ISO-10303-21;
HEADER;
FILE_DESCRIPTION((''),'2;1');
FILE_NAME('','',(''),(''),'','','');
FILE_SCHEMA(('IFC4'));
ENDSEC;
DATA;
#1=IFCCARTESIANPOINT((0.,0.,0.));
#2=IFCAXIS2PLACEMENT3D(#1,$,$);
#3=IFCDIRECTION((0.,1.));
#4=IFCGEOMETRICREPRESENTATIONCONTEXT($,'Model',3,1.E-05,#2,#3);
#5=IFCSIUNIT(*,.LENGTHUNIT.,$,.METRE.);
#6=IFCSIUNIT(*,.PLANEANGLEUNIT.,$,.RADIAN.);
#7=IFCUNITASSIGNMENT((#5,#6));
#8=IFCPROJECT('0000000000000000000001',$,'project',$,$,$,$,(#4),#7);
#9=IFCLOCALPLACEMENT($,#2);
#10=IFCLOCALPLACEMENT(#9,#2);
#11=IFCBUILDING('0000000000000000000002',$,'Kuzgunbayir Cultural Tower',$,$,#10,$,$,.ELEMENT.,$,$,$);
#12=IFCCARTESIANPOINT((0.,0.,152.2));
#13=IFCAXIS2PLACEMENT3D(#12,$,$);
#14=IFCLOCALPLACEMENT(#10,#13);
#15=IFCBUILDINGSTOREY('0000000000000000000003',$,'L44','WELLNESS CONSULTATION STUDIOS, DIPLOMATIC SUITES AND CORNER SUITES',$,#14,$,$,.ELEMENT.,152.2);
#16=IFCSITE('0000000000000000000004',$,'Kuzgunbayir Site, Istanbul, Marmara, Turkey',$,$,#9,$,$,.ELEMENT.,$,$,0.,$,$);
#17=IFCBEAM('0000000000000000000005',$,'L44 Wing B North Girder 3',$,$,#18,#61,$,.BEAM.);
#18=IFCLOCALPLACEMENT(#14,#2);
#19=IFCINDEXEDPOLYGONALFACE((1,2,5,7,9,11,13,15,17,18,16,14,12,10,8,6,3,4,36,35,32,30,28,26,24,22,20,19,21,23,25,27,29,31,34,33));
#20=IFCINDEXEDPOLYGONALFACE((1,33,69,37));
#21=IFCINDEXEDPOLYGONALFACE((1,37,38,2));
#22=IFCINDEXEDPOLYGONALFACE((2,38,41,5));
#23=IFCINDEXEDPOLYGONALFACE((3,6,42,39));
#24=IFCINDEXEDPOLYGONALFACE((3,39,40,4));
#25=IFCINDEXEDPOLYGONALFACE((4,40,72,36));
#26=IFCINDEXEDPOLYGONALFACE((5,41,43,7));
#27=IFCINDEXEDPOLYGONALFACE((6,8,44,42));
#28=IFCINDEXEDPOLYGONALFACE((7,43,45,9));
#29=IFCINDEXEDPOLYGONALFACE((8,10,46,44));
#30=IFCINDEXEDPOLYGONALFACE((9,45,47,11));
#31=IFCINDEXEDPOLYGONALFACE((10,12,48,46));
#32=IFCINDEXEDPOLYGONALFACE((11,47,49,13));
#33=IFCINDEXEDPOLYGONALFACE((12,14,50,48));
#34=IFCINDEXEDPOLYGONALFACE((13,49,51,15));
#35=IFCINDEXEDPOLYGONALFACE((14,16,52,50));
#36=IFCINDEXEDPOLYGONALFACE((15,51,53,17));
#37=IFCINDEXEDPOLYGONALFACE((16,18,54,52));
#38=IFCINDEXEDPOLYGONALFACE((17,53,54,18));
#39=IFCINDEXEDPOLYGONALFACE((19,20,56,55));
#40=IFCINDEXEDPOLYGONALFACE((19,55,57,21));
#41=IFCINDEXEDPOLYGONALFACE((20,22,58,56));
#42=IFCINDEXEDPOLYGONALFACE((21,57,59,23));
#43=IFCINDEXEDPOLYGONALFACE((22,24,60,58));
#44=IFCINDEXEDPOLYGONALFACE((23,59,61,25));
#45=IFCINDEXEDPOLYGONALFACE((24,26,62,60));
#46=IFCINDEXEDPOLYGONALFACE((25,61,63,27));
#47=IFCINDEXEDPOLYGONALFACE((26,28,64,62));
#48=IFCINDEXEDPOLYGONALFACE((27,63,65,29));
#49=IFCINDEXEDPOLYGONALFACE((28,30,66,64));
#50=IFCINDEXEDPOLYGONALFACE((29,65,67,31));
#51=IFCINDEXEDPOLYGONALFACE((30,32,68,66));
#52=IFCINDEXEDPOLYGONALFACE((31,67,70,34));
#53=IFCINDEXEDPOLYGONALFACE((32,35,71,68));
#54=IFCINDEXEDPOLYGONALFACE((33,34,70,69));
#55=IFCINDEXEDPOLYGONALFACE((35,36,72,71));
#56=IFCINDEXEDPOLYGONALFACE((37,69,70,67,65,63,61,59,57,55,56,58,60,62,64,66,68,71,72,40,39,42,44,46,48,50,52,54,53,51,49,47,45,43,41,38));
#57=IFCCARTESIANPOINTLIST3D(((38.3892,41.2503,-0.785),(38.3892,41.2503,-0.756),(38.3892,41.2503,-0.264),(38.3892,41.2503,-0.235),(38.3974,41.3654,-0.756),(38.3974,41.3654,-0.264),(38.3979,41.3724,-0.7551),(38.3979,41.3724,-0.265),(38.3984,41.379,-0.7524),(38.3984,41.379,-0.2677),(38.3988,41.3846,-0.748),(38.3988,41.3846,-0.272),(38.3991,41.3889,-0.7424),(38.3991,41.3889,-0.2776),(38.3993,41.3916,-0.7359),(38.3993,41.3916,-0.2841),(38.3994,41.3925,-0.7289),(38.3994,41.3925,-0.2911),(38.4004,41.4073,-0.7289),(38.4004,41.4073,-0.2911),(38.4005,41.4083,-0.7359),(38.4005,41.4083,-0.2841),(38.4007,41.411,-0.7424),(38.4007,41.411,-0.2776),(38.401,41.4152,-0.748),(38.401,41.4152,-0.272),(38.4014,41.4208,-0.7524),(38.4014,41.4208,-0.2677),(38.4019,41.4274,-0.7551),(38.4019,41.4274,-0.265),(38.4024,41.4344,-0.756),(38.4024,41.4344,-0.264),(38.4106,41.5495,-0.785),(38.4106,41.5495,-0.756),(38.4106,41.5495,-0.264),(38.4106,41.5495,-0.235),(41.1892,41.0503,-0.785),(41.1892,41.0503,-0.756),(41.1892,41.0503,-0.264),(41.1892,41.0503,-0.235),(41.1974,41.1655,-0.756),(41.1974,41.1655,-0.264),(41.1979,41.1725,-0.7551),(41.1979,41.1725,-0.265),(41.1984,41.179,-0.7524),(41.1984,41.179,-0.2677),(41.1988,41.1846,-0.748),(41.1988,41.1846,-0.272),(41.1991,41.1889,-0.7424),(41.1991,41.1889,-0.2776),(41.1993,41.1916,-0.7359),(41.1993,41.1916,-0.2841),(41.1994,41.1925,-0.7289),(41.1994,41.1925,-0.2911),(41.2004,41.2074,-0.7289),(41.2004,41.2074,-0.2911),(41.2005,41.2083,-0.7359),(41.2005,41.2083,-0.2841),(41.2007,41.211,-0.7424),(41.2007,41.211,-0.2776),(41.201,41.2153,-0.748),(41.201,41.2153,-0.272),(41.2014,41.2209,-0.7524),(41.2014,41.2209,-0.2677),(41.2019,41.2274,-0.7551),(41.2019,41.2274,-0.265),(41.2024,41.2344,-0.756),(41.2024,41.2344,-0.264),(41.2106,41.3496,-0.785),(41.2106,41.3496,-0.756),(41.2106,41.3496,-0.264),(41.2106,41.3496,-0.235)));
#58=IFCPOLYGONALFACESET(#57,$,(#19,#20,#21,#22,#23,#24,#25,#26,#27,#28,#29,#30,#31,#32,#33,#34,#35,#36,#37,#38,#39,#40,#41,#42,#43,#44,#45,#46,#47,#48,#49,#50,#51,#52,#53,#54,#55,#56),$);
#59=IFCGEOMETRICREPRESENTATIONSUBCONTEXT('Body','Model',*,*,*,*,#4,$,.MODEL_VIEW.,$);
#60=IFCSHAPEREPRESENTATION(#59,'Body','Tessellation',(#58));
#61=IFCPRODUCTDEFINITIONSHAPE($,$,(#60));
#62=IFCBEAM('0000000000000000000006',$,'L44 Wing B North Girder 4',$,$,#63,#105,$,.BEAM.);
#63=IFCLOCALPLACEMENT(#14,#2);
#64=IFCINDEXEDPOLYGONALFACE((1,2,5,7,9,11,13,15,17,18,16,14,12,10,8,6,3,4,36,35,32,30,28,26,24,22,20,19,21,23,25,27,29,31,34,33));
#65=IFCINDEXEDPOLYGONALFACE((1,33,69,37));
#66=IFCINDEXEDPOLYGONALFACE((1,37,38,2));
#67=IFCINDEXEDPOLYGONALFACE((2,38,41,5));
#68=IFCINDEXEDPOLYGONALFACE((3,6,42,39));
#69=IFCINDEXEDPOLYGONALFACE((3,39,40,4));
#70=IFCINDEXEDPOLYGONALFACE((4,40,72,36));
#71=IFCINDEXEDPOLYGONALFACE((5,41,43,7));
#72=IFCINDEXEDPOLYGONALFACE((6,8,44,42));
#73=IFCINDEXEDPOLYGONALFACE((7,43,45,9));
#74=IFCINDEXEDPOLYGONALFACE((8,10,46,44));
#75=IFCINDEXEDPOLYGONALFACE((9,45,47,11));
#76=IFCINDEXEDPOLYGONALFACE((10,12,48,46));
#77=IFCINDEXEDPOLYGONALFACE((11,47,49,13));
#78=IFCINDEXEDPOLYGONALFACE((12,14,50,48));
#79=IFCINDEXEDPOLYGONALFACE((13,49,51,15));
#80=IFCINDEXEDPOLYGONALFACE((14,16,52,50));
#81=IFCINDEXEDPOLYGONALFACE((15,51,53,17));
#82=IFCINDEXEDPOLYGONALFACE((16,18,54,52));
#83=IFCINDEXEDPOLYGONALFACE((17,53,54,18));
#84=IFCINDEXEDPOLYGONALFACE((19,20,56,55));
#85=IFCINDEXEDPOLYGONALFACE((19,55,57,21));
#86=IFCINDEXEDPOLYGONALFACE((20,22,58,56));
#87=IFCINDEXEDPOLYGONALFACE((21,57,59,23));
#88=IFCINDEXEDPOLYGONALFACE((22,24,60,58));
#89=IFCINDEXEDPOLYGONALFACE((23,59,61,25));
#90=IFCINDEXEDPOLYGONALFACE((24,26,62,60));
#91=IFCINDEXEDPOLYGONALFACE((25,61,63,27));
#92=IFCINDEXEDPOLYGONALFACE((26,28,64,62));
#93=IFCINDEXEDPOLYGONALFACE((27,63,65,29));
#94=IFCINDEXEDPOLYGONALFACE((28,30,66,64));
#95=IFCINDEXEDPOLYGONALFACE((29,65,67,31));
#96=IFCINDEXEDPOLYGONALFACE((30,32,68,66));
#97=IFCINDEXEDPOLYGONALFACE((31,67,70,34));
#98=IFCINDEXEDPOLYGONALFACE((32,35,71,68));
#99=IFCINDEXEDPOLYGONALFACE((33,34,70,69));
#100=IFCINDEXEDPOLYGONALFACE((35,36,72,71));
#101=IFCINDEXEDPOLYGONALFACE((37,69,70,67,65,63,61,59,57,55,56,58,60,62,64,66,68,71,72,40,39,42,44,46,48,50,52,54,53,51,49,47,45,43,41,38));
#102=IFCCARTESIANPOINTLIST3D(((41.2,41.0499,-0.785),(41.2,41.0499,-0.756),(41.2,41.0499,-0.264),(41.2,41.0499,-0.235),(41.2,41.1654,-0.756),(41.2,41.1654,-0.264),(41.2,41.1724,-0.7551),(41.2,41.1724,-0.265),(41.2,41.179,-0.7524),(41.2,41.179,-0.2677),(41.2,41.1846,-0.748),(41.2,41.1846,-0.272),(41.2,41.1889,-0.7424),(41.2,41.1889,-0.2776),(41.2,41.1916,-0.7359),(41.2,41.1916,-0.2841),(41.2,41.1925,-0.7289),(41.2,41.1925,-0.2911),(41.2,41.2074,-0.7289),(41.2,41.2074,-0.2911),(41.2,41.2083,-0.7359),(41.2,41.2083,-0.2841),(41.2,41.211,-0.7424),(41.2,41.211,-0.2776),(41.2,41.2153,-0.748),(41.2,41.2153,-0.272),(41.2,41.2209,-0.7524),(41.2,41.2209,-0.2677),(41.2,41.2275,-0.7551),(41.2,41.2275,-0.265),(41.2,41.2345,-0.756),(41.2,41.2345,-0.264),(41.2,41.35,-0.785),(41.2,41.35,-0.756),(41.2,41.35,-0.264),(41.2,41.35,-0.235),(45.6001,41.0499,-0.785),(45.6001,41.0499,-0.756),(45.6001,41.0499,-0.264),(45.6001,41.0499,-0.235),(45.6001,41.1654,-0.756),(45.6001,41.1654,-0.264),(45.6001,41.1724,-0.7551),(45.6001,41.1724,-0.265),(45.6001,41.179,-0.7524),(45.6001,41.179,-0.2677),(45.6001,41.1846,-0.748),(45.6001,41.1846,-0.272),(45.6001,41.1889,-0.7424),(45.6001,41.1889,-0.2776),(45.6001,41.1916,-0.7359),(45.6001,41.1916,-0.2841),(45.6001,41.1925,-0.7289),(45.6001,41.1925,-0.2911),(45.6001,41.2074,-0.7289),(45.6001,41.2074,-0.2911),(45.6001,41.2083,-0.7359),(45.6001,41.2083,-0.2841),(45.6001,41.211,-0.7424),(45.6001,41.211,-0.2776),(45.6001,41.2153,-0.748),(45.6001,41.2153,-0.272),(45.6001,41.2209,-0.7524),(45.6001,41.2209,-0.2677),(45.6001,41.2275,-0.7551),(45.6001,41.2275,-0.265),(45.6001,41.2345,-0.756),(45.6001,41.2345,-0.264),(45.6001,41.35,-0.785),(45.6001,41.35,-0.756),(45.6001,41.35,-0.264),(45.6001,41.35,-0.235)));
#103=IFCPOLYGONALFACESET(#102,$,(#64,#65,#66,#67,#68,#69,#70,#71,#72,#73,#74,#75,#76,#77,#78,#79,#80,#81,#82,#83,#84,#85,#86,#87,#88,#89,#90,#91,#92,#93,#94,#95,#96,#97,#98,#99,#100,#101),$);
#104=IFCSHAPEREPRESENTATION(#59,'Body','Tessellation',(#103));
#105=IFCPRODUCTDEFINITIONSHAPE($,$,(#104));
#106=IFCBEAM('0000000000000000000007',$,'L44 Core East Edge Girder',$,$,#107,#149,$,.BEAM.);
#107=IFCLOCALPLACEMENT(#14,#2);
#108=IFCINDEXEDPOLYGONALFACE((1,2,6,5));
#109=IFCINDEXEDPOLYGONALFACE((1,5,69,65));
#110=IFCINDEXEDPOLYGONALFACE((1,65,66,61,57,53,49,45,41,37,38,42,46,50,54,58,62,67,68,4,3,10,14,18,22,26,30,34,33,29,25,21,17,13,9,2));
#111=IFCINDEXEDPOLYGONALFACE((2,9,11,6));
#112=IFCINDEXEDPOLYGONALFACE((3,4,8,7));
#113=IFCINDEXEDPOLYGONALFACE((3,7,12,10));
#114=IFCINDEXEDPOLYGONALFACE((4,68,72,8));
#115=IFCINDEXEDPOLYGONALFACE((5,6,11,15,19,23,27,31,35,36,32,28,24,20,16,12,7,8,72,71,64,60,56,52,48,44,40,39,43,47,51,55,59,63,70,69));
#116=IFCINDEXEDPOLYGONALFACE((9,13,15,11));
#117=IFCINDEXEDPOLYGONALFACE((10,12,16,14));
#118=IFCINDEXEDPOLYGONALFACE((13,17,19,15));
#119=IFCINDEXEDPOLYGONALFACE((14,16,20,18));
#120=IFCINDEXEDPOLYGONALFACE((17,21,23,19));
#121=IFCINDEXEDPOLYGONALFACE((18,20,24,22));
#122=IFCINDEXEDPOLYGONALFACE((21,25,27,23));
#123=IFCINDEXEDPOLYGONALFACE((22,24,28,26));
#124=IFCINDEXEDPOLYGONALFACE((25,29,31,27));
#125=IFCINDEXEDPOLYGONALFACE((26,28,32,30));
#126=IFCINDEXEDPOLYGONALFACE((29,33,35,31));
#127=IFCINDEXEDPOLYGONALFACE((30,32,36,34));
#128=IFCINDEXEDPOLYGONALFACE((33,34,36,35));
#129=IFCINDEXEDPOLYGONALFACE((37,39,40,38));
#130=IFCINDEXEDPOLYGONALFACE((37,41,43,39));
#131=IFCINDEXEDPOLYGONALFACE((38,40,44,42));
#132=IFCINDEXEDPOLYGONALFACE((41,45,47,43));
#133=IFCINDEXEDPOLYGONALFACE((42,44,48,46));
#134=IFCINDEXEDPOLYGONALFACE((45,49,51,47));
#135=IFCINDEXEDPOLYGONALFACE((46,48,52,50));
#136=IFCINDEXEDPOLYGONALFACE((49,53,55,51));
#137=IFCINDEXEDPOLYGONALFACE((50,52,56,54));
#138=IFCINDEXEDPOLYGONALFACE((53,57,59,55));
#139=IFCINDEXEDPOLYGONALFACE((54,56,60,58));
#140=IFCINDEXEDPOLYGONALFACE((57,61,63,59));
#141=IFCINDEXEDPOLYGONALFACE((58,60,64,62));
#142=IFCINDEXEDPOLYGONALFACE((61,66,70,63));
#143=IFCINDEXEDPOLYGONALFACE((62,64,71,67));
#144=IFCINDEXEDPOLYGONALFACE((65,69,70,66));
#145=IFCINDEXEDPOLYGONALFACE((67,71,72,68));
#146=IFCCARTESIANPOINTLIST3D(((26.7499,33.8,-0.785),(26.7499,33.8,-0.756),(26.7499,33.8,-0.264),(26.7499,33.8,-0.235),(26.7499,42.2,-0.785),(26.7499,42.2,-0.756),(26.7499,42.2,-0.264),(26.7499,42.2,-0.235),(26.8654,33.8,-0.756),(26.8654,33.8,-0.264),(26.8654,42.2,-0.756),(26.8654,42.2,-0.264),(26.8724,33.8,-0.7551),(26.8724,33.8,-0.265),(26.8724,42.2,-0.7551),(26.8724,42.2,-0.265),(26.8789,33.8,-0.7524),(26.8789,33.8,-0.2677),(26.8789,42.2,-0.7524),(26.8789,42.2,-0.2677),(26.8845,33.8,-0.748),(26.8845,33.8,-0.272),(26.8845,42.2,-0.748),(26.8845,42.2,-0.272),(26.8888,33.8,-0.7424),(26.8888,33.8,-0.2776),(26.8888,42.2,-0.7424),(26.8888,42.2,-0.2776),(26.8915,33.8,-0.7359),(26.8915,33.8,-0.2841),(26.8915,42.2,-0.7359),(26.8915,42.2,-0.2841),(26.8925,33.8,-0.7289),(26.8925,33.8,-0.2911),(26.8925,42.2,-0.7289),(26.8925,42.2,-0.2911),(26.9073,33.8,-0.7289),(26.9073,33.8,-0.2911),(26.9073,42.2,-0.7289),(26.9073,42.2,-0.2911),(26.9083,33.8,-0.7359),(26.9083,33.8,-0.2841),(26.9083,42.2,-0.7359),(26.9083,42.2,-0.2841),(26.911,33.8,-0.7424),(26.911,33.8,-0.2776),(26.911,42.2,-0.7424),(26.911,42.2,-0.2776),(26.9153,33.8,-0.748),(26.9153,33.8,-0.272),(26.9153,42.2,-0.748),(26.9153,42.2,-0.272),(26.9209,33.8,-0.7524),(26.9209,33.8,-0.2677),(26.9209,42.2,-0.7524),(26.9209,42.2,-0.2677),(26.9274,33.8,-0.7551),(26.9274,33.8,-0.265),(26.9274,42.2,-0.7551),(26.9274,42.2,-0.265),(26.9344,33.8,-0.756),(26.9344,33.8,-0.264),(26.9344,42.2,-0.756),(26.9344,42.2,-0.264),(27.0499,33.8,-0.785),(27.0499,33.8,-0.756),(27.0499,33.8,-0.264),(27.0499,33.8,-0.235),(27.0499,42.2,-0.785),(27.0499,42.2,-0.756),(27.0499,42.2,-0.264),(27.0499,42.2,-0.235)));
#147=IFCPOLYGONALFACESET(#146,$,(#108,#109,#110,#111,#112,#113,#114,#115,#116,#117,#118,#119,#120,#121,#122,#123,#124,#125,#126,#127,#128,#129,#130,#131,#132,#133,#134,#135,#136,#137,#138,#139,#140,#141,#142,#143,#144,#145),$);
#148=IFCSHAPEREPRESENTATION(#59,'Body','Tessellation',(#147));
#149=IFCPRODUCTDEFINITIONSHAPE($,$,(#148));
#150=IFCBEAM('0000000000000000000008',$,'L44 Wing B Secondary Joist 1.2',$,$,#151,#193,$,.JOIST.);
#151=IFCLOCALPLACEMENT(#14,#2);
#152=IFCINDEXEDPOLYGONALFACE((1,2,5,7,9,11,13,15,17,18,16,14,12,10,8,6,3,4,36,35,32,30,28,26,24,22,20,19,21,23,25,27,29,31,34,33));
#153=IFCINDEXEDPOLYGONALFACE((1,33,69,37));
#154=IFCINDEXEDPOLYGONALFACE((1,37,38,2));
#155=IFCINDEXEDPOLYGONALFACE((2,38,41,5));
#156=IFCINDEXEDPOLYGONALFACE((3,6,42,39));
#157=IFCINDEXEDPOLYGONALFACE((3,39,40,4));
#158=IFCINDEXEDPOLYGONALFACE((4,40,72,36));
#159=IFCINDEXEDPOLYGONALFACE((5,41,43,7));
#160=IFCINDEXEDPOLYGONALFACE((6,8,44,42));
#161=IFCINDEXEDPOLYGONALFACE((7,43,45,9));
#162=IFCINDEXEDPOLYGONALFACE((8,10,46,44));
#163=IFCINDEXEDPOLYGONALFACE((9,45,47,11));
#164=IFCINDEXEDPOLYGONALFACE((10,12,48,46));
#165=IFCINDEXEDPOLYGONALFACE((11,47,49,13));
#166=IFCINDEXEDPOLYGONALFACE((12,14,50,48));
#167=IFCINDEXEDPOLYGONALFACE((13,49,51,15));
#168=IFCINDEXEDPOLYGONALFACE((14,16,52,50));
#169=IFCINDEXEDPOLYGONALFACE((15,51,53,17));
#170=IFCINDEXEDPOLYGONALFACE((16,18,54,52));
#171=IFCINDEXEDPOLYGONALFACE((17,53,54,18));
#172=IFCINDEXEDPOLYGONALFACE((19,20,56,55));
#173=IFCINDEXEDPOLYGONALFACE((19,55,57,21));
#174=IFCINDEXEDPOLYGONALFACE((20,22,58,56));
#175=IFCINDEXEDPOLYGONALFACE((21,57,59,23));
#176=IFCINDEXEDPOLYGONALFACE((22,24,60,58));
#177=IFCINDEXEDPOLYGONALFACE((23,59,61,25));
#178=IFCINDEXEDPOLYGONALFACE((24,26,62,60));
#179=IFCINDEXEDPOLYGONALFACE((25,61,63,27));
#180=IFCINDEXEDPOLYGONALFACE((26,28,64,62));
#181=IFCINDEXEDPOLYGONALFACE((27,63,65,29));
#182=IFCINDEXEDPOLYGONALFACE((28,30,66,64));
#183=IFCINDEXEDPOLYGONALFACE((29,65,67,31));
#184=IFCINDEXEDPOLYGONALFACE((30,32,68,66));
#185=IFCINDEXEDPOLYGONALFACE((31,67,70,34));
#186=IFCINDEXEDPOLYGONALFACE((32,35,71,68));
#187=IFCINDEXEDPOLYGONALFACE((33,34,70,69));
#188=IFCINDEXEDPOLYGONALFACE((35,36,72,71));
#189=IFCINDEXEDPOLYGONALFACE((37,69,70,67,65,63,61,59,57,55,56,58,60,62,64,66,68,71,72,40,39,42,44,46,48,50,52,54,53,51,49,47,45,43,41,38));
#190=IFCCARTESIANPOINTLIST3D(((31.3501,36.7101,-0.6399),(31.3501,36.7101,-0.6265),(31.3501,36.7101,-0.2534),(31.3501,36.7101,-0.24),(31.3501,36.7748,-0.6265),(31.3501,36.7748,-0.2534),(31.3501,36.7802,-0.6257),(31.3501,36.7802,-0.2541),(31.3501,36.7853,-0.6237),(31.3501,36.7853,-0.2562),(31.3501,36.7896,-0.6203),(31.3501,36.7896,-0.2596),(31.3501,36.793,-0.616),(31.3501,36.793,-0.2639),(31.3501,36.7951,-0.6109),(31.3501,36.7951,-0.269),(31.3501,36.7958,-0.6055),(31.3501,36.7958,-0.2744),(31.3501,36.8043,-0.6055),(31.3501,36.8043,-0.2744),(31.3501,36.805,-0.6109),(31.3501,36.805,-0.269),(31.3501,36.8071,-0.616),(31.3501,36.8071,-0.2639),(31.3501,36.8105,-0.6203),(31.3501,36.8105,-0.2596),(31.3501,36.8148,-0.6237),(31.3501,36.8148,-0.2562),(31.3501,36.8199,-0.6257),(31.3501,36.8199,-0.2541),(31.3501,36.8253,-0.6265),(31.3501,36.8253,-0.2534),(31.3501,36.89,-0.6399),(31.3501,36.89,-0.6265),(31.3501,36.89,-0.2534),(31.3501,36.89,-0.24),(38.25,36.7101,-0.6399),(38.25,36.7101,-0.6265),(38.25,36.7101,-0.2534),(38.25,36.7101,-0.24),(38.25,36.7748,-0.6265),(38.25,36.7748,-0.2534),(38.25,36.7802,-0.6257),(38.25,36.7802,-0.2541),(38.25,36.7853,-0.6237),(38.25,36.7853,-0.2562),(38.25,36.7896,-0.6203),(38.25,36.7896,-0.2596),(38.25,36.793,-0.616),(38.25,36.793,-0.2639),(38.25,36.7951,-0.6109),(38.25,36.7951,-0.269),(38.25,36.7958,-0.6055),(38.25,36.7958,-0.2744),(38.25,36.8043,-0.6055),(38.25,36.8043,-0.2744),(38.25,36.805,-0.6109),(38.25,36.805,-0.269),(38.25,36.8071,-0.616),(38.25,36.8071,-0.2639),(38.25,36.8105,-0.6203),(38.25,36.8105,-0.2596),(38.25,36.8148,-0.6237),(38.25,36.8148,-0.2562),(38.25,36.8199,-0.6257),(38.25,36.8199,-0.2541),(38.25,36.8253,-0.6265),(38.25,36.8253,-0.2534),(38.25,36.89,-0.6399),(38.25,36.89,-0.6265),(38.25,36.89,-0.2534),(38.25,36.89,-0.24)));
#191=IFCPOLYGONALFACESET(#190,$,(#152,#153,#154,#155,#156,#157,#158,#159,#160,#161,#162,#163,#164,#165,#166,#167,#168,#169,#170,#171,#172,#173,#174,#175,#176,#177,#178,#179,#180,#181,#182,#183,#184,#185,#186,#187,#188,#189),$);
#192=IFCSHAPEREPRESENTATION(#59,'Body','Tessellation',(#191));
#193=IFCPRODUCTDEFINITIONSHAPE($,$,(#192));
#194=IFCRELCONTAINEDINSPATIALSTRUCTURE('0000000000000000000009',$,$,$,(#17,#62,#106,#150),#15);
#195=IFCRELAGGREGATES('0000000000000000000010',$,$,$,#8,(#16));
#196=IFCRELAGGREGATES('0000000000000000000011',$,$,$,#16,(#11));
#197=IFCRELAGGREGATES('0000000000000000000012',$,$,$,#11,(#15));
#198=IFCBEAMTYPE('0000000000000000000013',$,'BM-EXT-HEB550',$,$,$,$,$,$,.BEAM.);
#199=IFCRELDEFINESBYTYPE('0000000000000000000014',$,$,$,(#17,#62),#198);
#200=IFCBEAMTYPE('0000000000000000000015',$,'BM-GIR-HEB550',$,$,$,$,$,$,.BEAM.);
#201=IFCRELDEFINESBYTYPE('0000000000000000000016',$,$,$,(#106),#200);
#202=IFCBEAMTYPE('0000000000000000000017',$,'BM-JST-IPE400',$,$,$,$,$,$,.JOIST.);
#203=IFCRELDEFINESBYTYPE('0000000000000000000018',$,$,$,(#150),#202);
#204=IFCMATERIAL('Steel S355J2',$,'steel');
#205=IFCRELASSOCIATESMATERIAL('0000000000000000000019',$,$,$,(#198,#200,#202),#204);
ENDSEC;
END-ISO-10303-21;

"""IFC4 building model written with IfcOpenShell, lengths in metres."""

from ifc_helpers import new_model, si_unit, direction, frame, origin, origin_2d, place, context, subcontext, project, spatial, i_section, extrude, material, material_profile, profile_set, type_object, element, save


model = new_model("IFC4")

# Units and contexts
model_context = context("Model", 3, precision=1e-05, world=origin(), true_north=direction((0.0, 1.0)))
body_context = subcontext(model_context, "Body", "Model", "MODEL_VIEW")
ifc_project = project(units=[si_unit("LENGTHUNIT", "METRE"), si_unit("PLANEANGLEUNIT", "RADIAN")], contexts=[model_context])

# Site, building, storey
site_placement = place(None, origin())
site = spatial("IfcSite", under=ifc_project, at=site_placement, Name="Kuzgunbayir Site, Istanbul, Marmara, Turkey", CompositionType="ELEMENT", RefElevation=0.0)
building_placement = place(site_placement, origin())
building = spatial("IfcBuilding", under=site, at=building_placement, Name="Kuzgunbayir Cultural Tower", CompositionType="ELEMENT")
storey_placement = place(building_placement, frame((0.0, 0.0, 152.2)))
storey = spatial("IfcBuildingStorey", under=building, at=storey_placement, Name="L44", Description="WELLNESS CONSULTATION STUDIOS, DIPLOMATIC SUITES AND CORNER SUITES", CompositionType="ELEMENT", Elevation=152.2)

# Beams
ifc_material_1 = material(Name="Steel S355J2", Category="steel")
ifc_material_profile_1 = material_profile(ifc_material_1, i_section(OverallWidth=0.3, OverallDepth=0.55, WebThickness=0.0149, FlangeThickness=0.0291, FilletRadius=0.0271, at=origin_2d()), Name="HEB 550")
ifc_profile_set_1 = profile_set([ifc_material_profile_1], Name="Steel S355J2")
beam_type_1 = type_object("IfcBeamType", Name="BM-EXT-HEB550", PredefinedType="BEAM", material=ifc_profile_set_1)
beam_1_placement = place(storey_placement, frame((38.3999, 41.3999, -0.51), z_axis=(0.99746, -0.071229, 0.0), x_axis=(0.071229, 0.99746, 0.0)))
element("IfcBeam", 1, at=beam_1_placement, inside=storey, type_object=beam_type_1, Name="L44 Wing B North Girder 3", PredefinedType="BEAM", context=body_context, shape_type="SweptSolid", body=[
    extrude(i_section(OverallWidth=0.3, OverallDepth=0.55, WebThickness=0.0149, FlangeThickness=0.0291, FilletRadius=0.0271, at=origin_2d()), origin(), (0.0, 0.0, 1.0), 2.8071),
])
beam_2_placement = place(storey_placement, frame((41.2, 41.2, -0.51), z_axis=(1.0, 0.0, 0.0), x_axis=(0.0, 1.0, 0.0)))
element("IfcBeam", 2, at=beam_2_placement, inside=storey, type_object=beam_type_1, Name="L44 Wing B North Girder 4", PredefinedType="BEAM", context=body_context, shape_type="SweptSolid", body=[
    extrude(i_section(OverallWidth=0.3, OverallDepth=0.55, WebThickness=0.0149, FlangeThickness=0.0291, FilletRadius=0.0271, at=origin_2d()), origin(), (0.0, 0.0, 1.0), 4.4001),
])
ifc_material_profile_2 = material_profile(ifc_material_1, i_section(OverallWidth=0.3, OverallDepth=0.55, WebThickness=0.0149, FlangeThickness=0.0291, FilletRadius=0.0271, at=origin_2d()), Name="HEB 550")
ifc_profile_set_2 = profile_set([ifc_material_profile_2], Name="Steel S355J2")
beam_type_2 = type_object("IfcBeamType", Name="BM-GIR-HEB550", PredefinedType="BEAM", material=ifc_profile_set_2)
beam_3_placement = place(storey_placement, frame((26.8999, 33.8, -0.51), z_axis=(0.0, 1.0, 0.0), x_axis=(-1.0, 0.0, 0.0)))
element("IfcBeam", 3, at=beam_3_placement, inside=storey, type_object=beam_type_2, Name="L44 Core East Edge Girder", PredefinedType="BEAM", context=body_context, shape_type="SweptSolid", body=[
    extrude(i_section(OverallWidth=0.3, OverallDepth=0.55, WebThickness=0.0149, FlangeThickness=0.0291, FilletRadius=0.0271, at=origin_2d()), origin(), (0.0, 0.0, 1.0), 8.3999),
])
ifc_material_profile_3 = material_profile(ifc_material_1, i_section(OverallWidth=0.1799, OverallDepth=0.3999, WebThickness=0.0085, FlangeThickness=0.0134, FilletRadius=0.021, at=origin_2d()), Name="IPE 400")
ifc_profile_set_3 = profile_set([ifc_material_profile_3], Name="Steel S355J2")
beam_type_3 = type_object("IfcBeamType", Name="BM-JST-IPE400", PredefinedType="JOIST", material=ifc_profile_set_3)
beam_4_placement = place(storey_placement, frame((31.3501, 36.8, -0.4399), z_axis=(1.0, 0.0, 0.0), x_axis=(0.0, 1.0, 0.0)))
element("IfcBeam", 4, at=beam_4_placement, inside=storey, type_object=beam_type_3, Name="L44 Wing B Secondary Joist 1.2", PredefinedType="JOIST", context=body_context, shape_type="SweptSolid", body=[
    extrude(i_section(OverallWidth=0.1799, OverallDepth=0.3999, WebThickness=0.0085, FlangeThickness=0.0134, FilletRadius=0.021, at=origin_2d()), origin(), (0.0, 0.0, 1.0), 6.8999),
])

save(model, "model.ifc")
